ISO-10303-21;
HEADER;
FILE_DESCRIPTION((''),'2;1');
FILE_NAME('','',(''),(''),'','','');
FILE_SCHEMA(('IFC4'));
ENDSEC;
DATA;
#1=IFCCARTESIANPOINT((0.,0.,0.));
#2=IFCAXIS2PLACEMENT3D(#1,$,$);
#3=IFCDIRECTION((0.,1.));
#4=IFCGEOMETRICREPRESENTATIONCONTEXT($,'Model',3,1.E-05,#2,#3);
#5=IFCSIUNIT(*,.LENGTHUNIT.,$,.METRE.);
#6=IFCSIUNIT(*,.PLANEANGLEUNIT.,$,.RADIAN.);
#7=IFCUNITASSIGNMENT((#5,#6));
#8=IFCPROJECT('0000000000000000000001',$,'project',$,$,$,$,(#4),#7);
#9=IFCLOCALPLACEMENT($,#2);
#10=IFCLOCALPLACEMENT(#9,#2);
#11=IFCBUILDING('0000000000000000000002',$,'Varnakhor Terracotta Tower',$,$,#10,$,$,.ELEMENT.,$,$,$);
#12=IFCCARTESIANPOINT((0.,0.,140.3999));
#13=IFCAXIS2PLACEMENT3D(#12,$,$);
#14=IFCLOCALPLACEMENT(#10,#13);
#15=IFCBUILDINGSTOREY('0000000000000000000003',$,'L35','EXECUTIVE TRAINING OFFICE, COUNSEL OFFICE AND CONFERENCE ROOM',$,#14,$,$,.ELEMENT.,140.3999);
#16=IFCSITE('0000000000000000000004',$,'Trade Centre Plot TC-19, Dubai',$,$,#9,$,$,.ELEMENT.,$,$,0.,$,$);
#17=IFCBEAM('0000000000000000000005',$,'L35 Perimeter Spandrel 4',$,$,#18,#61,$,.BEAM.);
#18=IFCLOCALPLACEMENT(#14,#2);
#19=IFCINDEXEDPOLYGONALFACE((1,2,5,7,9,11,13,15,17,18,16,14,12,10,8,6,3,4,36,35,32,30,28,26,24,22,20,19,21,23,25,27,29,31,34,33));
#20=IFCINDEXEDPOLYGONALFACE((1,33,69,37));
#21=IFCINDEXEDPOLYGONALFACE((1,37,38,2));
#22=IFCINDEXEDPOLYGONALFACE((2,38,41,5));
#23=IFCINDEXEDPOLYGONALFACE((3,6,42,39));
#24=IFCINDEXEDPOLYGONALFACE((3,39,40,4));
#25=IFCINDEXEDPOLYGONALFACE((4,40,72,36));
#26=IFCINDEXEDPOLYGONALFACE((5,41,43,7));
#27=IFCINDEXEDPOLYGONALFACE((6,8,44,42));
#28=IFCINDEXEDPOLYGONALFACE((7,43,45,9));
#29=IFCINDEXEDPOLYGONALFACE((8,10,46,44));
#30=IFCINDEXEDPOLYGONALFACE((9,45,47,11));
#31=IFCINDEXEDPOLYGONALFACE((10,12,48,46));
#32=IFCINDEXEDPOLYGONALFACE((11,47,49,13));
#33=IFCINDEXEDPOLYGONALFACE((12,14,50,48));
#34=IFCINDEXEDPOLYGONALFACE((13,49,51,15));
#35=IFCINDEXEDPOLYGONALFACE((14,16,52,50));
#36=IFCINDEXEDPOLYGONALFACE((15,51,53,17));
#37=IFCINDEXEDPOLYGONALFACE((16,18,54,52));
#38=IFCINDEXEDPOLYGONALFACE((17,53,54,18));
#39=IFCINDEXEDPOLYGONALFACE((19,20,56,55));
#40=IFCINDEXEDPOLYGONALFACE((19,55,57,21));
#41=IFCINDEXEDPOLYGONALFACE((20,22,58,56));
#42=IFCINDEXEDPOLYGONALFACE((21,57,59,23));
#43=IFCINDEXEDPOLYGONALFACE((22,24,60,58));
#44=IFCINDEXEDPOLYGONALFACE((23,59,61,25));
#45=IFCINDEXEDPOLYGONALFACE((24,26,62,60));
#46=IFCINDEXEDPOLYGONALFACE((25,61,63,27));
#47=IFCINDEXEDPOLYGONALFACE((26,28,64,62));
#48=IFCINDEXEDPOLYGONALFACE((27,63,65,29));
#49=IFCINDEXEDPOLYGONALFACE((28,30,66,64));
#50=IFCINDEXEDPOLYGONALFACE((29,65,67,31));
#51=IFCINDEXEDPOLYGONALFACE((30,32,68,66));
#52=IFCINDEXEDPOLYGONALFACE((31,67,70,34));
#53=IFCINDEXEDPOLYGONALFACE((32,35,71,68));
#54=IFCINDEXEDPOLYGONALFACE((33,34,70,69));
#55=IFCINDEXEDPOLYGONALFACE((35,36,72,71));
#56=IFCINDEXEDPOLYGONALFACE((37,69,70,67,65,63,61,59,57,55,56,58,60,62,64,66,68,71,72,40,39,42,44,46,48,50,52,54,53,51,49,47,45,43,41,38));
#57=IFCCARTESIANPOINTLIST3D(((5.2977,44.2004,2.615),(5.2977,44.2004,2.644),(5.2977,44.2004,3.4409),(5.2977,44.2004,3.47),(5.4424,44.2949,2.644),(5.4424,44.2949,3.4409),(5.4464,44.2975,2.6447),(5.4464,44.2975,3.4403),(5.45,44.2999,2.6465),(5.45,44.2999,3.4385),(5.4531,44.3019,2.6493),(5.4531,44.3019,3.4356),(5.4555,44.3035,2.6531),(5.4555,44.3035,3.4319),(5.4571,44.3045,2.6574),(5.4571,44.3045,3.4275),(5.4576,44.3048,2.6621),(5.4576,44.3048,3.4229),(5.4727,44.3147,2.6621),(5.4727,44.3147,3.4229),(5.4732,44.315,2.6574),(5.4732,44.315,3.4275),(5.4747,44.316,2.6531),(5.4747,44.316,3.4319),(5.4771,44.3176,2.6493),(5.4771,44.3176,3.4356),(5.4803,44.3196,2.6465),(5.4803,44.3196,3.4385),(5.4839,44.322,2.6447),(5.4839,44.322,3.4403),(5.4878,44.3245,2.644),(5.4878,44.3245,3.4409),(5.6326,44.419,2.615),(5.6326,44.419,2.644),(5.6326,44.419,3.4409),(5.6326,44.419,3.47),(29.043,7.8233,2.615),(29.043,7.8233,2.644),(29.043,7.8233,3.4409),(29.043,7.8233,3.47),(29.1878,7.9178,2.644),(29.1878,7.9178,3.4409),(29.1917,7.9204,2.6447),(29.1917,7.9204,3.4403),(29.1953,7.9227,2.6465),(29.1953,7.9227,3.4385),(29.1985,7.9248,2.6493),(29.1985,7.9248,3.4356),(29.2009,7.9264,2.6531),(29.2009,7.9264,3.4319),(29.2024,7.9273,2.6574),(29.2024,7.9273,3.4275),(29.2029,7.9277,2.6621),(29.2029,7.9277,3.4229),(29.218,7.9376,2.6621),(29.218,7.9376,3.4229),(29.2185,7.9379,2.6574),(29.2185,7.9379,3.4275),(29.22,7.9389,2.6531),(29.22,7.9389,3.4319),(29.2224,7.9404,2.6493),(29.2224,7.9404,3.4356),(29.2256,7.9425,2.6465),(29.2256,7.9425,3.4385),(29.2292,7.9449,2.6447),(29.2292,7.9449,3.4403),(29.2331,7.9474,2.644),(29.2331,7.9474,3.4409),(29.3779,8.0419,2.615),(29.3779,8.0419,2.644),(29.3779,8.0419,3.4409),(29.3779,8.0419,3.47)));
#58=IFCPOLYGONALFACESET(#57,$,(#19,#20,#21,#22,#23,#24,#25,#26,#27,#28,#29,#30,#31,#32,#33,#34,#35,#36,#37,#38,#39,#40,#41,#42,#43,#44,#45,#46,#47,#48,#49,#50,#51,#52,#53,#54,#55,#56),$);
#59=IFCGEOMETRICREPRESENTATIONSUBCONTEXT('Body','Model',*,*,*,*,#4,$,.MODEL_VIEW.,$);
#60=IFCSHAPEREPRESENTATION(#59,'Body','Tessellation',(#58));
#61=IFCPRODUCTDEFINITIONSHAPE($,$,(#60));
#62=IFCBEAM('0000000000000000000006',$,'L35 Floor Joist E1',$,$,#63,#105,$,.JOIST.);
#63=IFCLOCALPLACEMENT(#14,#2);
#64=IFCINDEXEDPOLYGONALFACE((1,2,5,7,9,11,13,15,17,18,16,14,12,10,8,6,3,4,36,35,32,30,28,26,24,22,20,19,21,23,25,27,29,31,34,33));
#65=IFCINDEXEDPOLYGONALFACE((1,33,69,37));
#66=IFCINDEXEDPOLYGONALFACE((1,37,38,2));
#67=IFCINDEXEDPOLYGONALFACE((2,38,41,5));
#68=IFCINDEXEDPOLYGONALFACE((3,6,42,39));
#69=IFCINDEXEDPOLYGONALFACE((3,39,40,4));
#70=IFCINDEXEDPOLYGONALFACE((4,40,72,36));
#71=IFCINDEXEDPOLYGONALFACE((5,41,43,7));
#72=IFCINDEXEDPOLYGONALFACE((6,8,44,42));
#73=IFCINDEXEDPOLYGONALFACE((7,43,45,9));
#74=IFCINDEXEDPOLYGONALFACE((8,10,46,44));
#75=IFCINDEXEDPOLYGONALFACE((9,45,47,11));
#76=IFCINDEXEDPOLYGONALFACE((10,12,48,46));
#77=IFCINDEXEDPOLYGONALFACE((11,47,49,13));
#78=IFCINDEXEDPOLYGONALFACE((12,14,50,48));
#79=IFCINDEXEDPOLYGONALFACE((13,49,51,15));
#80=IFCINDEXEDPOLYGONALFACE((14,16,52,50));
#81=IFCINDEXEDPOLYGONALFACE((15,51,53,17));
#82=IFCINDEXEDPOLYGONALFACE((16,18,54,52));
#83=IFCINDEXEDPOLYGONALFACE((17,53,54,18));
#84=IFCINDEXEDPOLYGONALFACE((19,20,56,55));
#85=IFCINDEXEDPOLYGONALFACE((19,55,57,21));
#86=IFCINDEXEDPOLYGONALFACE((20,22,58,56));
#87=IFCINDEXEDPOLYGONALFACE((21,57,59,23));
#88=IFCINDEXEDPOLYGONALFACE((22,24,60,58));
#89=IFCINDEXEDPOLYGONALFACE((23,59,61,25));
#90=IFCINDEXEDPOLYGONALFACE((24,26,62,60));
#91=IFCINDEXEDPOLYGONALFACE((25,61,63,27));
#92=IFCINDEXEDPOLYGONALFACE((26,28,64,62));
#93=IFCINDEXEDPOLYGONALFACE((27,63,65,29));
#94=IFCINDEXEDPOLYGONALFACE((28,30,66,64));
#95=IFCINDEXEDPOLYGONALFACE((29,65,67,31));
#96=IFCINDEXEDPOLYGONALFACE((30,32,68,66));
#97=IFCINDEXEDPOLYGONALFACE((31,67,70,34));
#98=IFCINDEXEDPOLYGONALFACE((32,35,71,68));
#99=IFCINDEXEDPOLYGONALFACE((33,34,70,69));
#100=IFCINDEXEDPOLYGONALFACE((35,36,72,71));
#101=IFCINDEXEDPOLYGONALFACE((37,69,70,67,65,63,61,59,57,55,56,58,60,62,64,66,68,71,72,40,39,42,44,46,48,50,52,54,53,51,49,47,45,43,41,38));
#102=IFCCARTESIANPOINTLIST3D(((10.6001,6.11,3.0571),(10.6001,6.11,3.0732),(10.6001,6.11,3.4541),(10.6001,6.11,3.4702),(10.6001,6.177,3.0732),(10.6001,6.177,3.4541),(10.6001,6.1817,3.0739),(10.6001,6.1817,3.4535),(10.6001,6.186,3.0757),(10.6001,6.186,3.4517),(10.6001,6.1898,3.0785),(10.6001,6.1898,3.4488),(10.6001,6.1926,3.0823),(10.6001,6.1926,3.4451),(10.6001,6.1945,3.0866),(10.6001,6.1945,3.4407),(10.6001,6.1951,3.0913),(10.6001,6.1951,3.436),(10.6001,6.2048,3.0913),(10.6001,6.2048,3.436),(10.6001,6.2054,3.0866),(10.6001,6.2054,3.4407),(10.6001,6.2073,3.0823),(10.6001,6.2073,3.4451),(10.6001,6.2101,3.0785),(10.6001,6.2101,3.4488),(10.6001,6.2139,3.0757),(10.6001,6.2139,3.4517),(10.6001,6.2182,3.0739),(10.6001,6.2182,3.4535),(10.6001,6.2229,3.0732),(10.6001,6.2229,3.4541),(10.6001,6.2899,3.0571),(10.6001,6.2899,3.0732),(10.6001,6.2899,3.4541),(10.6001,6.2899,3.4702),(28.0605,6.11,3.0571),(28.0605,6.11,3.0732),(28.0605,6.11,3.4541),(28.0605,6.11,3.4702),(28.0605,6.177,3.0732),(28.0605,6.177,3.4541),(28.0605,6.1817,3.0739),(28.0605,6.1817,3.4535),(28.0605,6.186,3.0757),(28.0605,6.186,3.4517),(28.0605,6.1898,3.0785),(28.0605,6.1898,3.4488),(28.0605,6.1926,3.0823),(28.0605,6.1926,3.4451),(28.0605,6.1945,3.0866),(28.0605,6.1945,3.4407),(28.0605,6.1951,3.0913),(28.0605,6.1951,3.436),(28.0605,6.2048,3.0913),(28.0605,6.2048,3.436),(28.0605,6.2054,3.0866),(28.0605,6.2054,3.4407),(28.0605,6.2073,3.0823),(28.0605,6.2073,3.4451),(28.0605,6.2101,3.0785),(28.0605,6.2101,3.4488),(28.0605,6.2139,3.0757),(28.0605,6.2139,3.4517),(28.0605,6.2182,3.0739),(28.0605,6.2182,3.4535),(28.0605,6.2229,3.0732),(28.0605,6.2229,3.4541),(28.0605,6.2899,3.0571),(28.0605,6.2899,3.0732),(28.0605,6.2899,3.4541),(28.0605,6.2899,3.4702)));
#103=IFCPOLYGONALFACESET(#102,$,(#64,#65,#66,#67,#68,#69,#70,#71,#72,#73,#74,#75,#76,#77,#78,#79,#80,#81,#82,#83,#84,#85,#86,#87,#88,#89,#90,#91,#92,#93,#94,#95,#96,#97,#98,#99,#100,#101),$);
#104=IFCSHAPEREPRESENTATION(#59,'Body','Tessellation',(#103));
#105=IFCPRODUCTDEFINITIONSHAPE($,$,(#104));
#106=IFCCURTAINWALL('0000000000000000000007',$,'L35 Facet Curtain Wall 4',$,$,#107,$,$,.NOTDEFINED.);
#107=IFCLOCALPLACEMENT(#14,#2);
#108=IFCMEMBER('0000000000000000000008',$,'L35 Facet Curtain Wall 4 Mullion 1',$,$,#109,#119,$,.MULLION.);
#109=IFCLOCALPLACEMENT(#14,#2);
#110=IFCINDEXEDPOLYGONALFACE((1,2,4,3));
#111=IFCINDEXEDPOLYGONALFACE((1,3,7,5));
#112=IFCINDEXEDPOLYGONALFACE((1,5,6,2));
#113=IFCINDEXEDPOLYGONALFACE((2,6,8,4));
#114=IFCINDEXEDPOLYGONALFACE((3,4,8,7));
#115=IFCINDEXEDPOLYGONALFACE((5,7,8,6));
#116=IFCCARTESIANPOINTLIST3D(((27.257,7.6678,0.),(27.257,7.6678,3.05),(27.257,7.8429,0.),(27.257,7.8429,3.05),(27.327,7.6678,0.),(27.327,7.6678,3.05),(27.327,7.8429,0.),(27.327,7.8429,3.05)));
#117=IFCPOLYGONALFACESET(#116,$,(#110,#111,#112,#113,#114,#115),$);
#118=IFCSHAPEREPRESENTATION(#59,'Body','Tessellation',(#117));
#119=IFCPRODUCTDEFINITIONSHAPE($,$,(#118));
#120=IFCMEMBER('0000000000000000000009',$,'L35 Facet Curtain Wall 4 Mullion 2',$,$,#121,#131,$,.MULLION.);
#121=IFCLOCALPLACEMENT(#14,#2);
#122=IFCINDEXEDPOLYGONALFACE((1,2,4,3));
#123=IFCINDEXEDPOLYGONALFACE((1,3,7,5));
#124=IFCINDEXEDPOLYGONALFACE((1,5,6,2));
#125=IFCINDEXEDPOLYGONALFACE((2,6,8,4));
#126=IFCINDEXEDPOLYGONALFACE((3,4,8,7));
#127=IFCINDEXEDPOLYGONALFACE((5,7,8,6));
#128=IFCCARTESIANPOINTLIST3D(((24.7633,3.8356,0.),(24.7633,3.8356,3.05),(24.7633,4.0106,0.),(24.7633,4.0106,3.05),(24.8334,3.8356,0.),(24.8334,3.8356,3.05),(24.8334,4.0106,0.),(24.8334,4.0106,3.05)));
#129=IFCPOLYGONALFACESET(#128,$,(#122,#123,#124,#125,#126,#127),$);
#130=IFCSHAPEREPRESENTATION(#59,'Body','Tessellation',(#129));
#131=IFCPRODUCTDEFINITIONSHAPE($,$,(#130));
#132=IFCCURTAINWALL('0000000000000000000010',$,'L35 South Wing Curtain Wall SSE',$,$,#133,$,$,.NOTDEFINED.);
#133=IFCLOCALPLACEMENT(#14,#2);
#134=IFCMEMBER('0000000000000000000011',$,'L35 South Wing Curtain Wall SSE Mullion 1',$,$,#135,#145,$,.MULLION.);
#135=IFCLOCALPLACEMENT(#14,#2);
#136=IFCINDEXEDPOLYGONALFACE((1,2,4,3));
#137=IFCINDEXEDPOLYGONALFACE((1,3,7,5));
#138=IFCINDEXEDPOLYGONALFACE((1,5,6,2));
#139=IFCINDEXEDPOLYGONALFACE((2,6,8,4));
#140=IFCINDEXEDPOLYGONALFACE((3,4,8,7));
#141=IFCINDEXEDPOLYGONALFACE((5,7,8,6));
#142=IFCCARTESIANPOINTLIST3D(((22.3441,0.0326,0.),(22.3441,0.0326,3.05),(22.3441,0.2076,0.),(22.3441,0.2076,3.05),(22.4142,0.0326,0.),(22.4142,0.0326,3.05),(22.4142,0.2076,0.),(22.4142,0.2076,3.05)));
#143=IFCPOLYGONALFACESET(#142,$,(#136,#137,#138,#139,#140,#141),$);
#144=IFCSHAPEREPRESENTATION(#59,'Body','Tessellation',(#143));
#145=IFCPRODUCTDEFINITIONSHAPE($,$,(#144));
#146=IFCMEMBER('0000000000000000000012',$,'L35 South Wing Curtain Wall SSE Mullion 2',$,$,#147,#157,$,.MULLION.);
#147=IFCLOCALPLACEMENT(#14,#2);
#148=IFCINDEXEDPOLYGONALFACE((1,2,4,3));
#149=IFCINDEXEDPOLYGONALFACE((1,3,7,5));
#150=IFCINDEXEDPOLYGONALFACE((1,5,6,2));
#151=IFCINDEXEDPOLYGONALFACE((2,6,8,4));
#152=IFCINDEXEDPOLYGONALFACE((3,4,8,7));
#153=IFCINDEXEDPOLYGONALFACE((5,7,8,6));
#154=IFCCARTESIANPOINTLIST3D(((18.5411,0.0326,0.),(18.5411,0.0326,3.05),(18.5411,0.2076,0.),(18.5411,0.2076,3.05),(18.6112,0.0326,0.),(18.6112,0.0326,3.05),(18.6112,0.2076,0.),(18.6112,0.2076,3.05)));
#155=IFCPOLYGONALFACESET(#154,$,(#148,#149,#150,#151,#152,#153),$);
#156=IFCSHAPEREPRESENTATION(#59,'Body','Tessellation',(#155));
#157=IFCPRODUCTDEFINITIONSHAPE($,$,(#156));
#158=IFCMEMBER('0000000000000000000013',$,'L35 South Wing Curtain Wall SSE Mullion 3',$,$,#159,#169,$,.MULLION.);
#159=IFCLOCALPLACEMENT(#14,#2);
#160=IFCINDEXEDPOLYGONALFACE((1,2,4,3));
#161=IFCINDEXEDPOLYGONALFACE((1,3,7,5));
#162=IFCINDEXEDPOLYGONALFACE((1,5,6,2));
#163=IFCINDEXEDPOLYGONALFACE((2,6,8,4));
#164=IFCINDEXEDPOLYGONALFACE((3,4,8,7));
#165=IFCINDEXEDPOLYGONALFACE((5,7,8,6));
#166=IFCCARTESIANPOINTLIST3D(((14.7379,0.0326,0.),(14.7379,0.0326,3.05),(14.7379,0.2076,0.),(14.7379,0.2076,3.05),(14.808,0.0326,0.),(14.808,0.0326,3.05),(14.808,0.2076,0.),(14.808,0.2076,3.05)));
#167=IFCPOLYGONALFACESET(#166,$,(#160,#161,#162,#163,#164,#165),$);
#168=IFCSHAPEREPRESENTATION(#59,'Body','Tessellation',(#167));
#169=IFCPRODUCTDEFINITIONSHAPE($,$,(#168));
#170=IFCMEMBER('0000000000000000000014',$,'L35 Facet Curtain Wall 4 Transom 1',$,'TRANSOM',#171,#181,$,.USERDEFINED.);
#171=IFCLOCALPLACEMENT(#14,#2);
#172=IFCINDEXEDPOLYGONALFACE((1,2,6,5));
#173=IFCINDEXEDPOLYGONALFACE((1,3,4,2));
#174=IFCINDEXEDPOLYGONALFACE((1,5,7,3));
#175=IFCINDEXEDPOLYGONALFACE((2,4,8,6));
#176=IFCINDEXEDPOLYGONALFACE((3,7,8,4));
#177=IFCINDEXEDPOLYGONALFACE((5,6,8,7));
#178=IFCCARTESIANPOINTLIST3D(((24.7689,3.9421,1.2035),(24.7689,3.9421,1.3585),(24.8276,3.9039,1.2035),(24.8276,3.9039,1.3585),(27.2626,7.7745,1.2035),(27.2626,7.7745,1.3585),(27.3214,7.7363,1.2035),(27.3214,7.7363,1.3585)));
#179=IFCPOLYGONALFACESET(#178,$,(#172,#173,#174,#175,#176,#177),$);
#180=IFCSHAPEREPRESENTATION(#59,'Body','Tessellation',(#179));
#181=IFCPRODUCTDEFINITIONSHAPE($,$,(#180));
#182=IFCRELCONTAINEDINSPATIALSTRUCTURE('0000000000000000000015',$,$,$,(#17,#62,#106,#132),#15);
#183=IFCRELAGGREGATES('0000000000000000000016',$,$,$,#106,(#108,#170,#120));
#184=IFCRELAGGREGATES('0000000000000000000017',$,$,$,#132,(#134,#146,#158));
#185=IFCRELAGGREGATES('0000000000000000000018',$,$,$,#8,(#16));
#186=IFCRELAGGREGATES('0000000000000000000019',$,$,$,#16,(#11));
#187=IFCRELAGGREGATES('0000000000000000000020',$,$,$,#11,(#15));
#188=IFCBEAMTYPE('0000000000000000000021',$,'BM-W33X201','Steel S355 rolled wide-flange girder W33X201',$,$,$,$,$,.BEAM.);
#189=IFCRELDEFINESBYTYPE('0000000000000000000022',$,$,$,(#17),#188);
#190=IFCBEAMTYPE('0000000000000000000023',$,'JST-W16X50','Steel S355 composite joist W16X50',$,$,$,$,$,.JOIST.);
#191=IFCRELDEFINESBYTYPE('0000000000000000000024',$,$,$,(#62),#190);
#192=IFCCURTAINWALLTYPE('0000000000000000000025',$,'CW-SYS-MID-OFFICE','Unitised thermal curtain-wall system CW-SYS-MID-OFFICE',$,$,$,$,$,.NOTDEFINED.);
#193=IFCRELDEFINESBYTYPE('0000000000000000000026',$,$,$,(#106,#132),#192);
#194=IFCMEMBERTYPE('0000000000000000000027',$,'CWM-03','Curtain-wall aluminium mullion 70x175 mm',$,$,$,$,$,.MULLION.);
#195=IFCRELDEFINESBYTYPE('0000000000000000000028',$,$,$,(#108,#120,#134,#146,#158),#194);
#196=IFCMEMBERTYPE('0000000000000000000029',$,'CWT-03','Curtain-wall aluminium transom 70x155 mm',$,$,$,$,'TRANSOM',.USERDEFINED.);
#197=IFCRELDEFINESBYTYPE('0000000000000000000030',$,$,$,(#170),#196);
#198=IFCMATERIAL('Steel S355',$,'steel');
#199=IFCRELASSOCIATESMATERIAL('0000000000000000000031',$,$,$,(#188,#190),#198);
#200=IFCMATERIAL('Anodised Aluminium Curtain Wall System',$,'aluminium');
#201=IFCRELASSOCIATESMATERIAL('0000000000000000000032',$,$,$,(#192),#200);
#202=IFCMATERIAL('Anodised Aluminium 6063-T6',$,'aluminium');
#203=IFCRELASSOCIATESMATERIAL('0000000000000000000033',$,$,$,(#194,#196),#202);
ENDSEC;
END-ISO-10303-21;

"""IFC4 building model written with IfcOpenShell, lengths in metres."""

from ifc_helpers import new_model, si_unit, direction, frame, origin, origin_2d, place, context, subcontext, project, spatial, rectangle, i_section, extrude, source, transform, mapped, material, material_profile, profile_set, type_object, element, aggregate, save


model = new_model("IFC4")

# Units and contexts
model_context = context("Model", 3, precision=1e-05, world=origin(), true_north=direction((0.0, 1.0)))
body_context = subcontext(model_context, "Body", "Model", "MODEL_VIEW")
ifc_project = project(units=[si_unit("LENGTHUNIT", "METRE"), si_unit("PLANEANGLEUNIT", "RADIAN")], contexts=[model_context])

# Site, building, storey
site_placement = place(None, origin())
site = spatial("IfcSite", under=ifc_project, at=site_placement, Name="Trade Centre Plot TC-19, Dubai", CompositionType="ELEMENT", RefElevation=0.0)
building_placement = place(site_placement, origin())
building = spatial("IfcBuilding", under=site, at=building_placement, Name="Varnakhor Terracotta Tower", CompositionType="ELEMENT")
storey_placement = place(building_placement, frame((0.0, 0.0, 140.3999)))
storey = spatial("IfcBuildingStorey", under=building, at=storey_placement, Name="L35", Description="EXECUTIVE TRAINING OFFICE, COUNSEL OFFICE AND CONFERENCE ROOM", CompositionType="ELEMENT", Elevation=140.3999)

# Beams
ifc_material_1 = material(Name="Steel S355", Category="steel")
ifc_material_profile_1 = material_profile(ifc_material_1, i_section(OverallWidth=0.3999, OverallDepth=0.855, WebThickness=0.0181, FlangeThickness=0.0291, FilletRadius=0.0181, at=origin_2d()), Name="W33X201")
ifc_profile_set_1 = profile_set([ifc_material_profile_1], Name="Steel S355")
beam_type_1 = type_object("IfcBeamType", Name="BM-W33X201", Description="Steel S355 rolled wide-flange girder W33X201", PredefinedType="BEAM", material=ifc_profile_set_1)
shared_shape_1 = source(origin(), body_context, "Body", "SweptSolid", [
    extrude(i_section(OverallWidth=0.3999, OverallDepth=0.855, WebThickness=0.0181, FlangeThickness=0.0291, FilletRadius=0.0181, at=origin_2d()), origin(), (0.0, 0.0, 1.0), 43.4412),
])
beam_1_placement = place(storey_placement, frame((29.2104, 7.9326, 3.0425), z_axis=(-0.546609, 0.837388, 0.0), x_axis=(-0.837388, -0.546609, 0.0)))
element("IfcBeam", 1, at=beam_1_placement, inside=storey, type_object=beam_type_1, Name="L35 Perimeter Spandrel 4", PredefinedType="BEAM", context=body_context, shape_type="MappedRepresentation", body=[
    mapped(shared_shape_1, transform((0.0, 0.0, 0.0), scale=1.0)),
])
ifc_material_profile_2 = material_profile(ifc_material_1, i_section(OverallWidth=0.1799, OverallDepth=0.4131, WebThickness=0.0098, FlangeThickness=0.0161, FilletRadius=0.0181, at=origin_2d()), Name="W16X50")
ifc_profile_set_2 = profile_set([ifc_material_profile_2], Name="Steel S355")
beam_type_2 = type_object("IfcBeamType", Name="JST-W16X50", Description="Steel S355 composite joist W16X50", PredefinedType="JOIST", material=ifc_profile_set_2)
shared_shape_2 = source(origin(), body_context, "Body", "SweptSolid", [
    extrude(i_section(OverallWidth=0.1799, OverallDepth=0.4131, WebThickness=0.0098, FlangeThickness=0.0161, FilletRadius=0.0181, at=origin_2d()), origin(), (0.0, 0.0, 1.0), 17.4604),
])
beam_2_placement = place(storey_placement, frame((10.6001, 6.2, 3.2637), z_axis=(1.0, 0.0, 0.0), x_axis=(0.0, 1.0, 0.0)))
element("IfcBeam", 2, at=beam_2_placement, inside=storey, type_object=beam_type_2, Name="L35 Floor Joist E1", PredefinedType="JOIST", context=body_context, shape_type="MappedRepresentation", body=[
    mapped(shared_shape_2, transform((0.0, 0.0, 0.0), scale=1.0)),
])

# Curtain walls, members
ifc_material_2 = material(Name="Anodised Aluminium Curtain Wall System", Category="aluminium")
curtain_wall_type = type_object("IfcCurtainWallType", Name="CW-SYS-MID-OFFICE", Description="Unitised thermal curtain-wall system CW-SYS-MID-OFFICE", PredefinedType="NOTDEFINED", material=ifc_material_2)
curtain_wall_1_placement = place(storey_placement, origin())
curtain_wall_1 = element("IfcCurtainWall", 3, at=curtain_wall_1_placement, inside=storey, type_object=curtain_wall_type, Name="L35 Facet Curtain Wall 4", PredefinedType="NOTDEFINED")
ifc_material_3 = material(Name="Anodised Aluminium 6063-T6", Category="aluminium")
ifc_material_profile_3 = material_profile(ifc_material_3, rectangle(XDim=0.0701, YDim=0.175, at=origin_2d()), Name="ALU MULLION 70x175")
ifc_profile_set_3 = profile_set([ifc_material_profile_3], Name="Anodised Aluminium 6063-T6")
member_type_1 = type_object("IfcMemberType", Name="CWM-03", Description="Curtain-wall aluminium mullion 70x175 mm", PredefinedType="MULLION", material=ifc_profile_set_3)
shared_shape_3 = source(origin(), body_context, "Body", "SweptSolid", [
    extrude(rectangle(XDim=0.0701, YDim=0.175, at=origin_2d()), origin(), (0.0, 0.0, 1.0), 3.05),
])
member_1_placement = place(storey_placement, frame((27.292, 7.7554, 0.0), z_axis=(0.0, 0.0, 1.0), x_axis=(1.0, 0.0, 0.0)))
member_1 = element("IfcMember", 4, at=member_1_placement, type_object=member_type_1, Name="L35 Facet Curtain Wall 4 Mullion 1", PredefinedType="MULLION", context=body_context, shape_type="MappedRepresentation", body=[
    mapped(shared_shape_3, transform((0.0, 0.0, 0.0), scale=1.0)),
])
member_2_placement = place(storey_placement, frame((24.7983, 3.9231, 0.0), z_axis=(0.0, 0.0, 1.0), x_axis=(1.0, 0.0, 0.0)))
member_2 = element("IfcMember", 5, at=member_2_placement, type_object=member_type_1, Name="L35 Facet Curtain Wall 4 Mullion 2", PredefinedType="MULLION", context=body_context, shape_type="MappedRepresentation", body=[
    mapped(shared_shape_3, transform((0.0, 0.0, 0.0), scale=1.0)),
])
curtain_wall_2_placement = place(storey_placement, origin())
curtain_wall_2 = element("IfcCurtainWall", 6, at=curtain_wall_2_placement, inside=storey, type_object=curtain_wall_type, Name="L35 South Wing Curtain Wall SSE", PredefinedType="NOTDEFINED")
member_3_placement = place(storey_placement, frame((22.3792, 0.1201, 0.0), z_axis=(0.0, 0.0, 1.0), x_axis=(1.0, 0.0, 0.0)))
member_3 = element("IfcMember", 7, at=member_3_placement, type_object=member_type_1, Name="L35 South Wing Curtain Wall SSE Mullion 1", PredefinedType="MULLION", context=body_context, shape_type="MappedRepresentation", body=[
    mapped(shared_shape_3, transform((0.0, 0.0, 0.0), scale=1.0)),
])
member_4_placement = place(storey_placement, frame((18.5762, 0.1201, 0.0), z_axis=(0.0, 0.0, 1.0), x_axis=(1.0, 0.0, 0.0)))
member_4 = element("IfcMember", 8, at=member_4_placement, type_object=member_type_1, Name="L35 South Wing Curtain Wall SSE Mullion 2", PredefinedType="MULLION", context=body_context, shape_type="MappedRepresentation", body=[
    mapped(shared_shape_3, transform((0.0, 0.0, 0.0), scale=1.0)),
])
member_5_placement = place(storey_placement, frame((14.7729, 0.1201, 0.0), z_axis=(0.0, 0.0, 1.0), x_axis=(1.0, 0.0, 0.0)))
member_5 = element("IfcMember", 9, at=member_5_placement, type_object=member_type_1, Name="L35 South Wing Curtain Wall SSE Mullion 3", PredefinedType="MULLION", context=body_context, shape_type="MappedRepresentation", body=[
    mapped(shared_shape_3, transform((0.0, 0.0, 0.0), scale=1.0)),
])

# Member
ifc_material_profile_4 = material_profile(ifc_material_3, rectangle(XDim=0.0701, YDim=0.155, at=origin_2d()), Name="ALU TRANSOM 70x155")
ifc_profile_set_4 = profile_set([ifc_material_profile_4], Name="Anodised Aluminium 6063-T6")
member_type_2 = type_object("IfcMemberType", Name="CWT-03", Description="Curtain-wall aluminium transom 70x155 mm", ElementType="TRANSOM", PredefinedType="USERDEFINED", material=ifc_profile_set_4)
shared_shape_4 = source(origin(), body_context, "Body", "SweptSolid", [
    extrude(rectangle(XDim=0.0701, YDim=0.155, at=origin_2d()), origin(), (0.0, 0.0, 1.0), 4.5723),
])
member_6_placement = place(storey_placement, frame((27.292, 7.7554, 1.281), z_axis=(-0.545399, -0.838176, 0.0), x_axis=(0.838176, -0.545399, 0.0)))
member_6 = element("IfcMember", 10, at=member_6_placement, type_object=member_type_2, Name="L35 Facet Curtain Wall 4 Transom 1", ObjectType="TRANSOM", PredefinedType="USERDEFINED", context=body_context, shape_type="MappedRepresentation", body=[
    mapped(shared_shape_4, transform((0.0, 0.0, 0.0), scale=1.0)),
])

aggregate(curtain_wall_1, [member_1, member_6, member_2])
aggregate(curtain_wall_2, [member_3, member_4, member_5])

save(model, "model.ifc")
